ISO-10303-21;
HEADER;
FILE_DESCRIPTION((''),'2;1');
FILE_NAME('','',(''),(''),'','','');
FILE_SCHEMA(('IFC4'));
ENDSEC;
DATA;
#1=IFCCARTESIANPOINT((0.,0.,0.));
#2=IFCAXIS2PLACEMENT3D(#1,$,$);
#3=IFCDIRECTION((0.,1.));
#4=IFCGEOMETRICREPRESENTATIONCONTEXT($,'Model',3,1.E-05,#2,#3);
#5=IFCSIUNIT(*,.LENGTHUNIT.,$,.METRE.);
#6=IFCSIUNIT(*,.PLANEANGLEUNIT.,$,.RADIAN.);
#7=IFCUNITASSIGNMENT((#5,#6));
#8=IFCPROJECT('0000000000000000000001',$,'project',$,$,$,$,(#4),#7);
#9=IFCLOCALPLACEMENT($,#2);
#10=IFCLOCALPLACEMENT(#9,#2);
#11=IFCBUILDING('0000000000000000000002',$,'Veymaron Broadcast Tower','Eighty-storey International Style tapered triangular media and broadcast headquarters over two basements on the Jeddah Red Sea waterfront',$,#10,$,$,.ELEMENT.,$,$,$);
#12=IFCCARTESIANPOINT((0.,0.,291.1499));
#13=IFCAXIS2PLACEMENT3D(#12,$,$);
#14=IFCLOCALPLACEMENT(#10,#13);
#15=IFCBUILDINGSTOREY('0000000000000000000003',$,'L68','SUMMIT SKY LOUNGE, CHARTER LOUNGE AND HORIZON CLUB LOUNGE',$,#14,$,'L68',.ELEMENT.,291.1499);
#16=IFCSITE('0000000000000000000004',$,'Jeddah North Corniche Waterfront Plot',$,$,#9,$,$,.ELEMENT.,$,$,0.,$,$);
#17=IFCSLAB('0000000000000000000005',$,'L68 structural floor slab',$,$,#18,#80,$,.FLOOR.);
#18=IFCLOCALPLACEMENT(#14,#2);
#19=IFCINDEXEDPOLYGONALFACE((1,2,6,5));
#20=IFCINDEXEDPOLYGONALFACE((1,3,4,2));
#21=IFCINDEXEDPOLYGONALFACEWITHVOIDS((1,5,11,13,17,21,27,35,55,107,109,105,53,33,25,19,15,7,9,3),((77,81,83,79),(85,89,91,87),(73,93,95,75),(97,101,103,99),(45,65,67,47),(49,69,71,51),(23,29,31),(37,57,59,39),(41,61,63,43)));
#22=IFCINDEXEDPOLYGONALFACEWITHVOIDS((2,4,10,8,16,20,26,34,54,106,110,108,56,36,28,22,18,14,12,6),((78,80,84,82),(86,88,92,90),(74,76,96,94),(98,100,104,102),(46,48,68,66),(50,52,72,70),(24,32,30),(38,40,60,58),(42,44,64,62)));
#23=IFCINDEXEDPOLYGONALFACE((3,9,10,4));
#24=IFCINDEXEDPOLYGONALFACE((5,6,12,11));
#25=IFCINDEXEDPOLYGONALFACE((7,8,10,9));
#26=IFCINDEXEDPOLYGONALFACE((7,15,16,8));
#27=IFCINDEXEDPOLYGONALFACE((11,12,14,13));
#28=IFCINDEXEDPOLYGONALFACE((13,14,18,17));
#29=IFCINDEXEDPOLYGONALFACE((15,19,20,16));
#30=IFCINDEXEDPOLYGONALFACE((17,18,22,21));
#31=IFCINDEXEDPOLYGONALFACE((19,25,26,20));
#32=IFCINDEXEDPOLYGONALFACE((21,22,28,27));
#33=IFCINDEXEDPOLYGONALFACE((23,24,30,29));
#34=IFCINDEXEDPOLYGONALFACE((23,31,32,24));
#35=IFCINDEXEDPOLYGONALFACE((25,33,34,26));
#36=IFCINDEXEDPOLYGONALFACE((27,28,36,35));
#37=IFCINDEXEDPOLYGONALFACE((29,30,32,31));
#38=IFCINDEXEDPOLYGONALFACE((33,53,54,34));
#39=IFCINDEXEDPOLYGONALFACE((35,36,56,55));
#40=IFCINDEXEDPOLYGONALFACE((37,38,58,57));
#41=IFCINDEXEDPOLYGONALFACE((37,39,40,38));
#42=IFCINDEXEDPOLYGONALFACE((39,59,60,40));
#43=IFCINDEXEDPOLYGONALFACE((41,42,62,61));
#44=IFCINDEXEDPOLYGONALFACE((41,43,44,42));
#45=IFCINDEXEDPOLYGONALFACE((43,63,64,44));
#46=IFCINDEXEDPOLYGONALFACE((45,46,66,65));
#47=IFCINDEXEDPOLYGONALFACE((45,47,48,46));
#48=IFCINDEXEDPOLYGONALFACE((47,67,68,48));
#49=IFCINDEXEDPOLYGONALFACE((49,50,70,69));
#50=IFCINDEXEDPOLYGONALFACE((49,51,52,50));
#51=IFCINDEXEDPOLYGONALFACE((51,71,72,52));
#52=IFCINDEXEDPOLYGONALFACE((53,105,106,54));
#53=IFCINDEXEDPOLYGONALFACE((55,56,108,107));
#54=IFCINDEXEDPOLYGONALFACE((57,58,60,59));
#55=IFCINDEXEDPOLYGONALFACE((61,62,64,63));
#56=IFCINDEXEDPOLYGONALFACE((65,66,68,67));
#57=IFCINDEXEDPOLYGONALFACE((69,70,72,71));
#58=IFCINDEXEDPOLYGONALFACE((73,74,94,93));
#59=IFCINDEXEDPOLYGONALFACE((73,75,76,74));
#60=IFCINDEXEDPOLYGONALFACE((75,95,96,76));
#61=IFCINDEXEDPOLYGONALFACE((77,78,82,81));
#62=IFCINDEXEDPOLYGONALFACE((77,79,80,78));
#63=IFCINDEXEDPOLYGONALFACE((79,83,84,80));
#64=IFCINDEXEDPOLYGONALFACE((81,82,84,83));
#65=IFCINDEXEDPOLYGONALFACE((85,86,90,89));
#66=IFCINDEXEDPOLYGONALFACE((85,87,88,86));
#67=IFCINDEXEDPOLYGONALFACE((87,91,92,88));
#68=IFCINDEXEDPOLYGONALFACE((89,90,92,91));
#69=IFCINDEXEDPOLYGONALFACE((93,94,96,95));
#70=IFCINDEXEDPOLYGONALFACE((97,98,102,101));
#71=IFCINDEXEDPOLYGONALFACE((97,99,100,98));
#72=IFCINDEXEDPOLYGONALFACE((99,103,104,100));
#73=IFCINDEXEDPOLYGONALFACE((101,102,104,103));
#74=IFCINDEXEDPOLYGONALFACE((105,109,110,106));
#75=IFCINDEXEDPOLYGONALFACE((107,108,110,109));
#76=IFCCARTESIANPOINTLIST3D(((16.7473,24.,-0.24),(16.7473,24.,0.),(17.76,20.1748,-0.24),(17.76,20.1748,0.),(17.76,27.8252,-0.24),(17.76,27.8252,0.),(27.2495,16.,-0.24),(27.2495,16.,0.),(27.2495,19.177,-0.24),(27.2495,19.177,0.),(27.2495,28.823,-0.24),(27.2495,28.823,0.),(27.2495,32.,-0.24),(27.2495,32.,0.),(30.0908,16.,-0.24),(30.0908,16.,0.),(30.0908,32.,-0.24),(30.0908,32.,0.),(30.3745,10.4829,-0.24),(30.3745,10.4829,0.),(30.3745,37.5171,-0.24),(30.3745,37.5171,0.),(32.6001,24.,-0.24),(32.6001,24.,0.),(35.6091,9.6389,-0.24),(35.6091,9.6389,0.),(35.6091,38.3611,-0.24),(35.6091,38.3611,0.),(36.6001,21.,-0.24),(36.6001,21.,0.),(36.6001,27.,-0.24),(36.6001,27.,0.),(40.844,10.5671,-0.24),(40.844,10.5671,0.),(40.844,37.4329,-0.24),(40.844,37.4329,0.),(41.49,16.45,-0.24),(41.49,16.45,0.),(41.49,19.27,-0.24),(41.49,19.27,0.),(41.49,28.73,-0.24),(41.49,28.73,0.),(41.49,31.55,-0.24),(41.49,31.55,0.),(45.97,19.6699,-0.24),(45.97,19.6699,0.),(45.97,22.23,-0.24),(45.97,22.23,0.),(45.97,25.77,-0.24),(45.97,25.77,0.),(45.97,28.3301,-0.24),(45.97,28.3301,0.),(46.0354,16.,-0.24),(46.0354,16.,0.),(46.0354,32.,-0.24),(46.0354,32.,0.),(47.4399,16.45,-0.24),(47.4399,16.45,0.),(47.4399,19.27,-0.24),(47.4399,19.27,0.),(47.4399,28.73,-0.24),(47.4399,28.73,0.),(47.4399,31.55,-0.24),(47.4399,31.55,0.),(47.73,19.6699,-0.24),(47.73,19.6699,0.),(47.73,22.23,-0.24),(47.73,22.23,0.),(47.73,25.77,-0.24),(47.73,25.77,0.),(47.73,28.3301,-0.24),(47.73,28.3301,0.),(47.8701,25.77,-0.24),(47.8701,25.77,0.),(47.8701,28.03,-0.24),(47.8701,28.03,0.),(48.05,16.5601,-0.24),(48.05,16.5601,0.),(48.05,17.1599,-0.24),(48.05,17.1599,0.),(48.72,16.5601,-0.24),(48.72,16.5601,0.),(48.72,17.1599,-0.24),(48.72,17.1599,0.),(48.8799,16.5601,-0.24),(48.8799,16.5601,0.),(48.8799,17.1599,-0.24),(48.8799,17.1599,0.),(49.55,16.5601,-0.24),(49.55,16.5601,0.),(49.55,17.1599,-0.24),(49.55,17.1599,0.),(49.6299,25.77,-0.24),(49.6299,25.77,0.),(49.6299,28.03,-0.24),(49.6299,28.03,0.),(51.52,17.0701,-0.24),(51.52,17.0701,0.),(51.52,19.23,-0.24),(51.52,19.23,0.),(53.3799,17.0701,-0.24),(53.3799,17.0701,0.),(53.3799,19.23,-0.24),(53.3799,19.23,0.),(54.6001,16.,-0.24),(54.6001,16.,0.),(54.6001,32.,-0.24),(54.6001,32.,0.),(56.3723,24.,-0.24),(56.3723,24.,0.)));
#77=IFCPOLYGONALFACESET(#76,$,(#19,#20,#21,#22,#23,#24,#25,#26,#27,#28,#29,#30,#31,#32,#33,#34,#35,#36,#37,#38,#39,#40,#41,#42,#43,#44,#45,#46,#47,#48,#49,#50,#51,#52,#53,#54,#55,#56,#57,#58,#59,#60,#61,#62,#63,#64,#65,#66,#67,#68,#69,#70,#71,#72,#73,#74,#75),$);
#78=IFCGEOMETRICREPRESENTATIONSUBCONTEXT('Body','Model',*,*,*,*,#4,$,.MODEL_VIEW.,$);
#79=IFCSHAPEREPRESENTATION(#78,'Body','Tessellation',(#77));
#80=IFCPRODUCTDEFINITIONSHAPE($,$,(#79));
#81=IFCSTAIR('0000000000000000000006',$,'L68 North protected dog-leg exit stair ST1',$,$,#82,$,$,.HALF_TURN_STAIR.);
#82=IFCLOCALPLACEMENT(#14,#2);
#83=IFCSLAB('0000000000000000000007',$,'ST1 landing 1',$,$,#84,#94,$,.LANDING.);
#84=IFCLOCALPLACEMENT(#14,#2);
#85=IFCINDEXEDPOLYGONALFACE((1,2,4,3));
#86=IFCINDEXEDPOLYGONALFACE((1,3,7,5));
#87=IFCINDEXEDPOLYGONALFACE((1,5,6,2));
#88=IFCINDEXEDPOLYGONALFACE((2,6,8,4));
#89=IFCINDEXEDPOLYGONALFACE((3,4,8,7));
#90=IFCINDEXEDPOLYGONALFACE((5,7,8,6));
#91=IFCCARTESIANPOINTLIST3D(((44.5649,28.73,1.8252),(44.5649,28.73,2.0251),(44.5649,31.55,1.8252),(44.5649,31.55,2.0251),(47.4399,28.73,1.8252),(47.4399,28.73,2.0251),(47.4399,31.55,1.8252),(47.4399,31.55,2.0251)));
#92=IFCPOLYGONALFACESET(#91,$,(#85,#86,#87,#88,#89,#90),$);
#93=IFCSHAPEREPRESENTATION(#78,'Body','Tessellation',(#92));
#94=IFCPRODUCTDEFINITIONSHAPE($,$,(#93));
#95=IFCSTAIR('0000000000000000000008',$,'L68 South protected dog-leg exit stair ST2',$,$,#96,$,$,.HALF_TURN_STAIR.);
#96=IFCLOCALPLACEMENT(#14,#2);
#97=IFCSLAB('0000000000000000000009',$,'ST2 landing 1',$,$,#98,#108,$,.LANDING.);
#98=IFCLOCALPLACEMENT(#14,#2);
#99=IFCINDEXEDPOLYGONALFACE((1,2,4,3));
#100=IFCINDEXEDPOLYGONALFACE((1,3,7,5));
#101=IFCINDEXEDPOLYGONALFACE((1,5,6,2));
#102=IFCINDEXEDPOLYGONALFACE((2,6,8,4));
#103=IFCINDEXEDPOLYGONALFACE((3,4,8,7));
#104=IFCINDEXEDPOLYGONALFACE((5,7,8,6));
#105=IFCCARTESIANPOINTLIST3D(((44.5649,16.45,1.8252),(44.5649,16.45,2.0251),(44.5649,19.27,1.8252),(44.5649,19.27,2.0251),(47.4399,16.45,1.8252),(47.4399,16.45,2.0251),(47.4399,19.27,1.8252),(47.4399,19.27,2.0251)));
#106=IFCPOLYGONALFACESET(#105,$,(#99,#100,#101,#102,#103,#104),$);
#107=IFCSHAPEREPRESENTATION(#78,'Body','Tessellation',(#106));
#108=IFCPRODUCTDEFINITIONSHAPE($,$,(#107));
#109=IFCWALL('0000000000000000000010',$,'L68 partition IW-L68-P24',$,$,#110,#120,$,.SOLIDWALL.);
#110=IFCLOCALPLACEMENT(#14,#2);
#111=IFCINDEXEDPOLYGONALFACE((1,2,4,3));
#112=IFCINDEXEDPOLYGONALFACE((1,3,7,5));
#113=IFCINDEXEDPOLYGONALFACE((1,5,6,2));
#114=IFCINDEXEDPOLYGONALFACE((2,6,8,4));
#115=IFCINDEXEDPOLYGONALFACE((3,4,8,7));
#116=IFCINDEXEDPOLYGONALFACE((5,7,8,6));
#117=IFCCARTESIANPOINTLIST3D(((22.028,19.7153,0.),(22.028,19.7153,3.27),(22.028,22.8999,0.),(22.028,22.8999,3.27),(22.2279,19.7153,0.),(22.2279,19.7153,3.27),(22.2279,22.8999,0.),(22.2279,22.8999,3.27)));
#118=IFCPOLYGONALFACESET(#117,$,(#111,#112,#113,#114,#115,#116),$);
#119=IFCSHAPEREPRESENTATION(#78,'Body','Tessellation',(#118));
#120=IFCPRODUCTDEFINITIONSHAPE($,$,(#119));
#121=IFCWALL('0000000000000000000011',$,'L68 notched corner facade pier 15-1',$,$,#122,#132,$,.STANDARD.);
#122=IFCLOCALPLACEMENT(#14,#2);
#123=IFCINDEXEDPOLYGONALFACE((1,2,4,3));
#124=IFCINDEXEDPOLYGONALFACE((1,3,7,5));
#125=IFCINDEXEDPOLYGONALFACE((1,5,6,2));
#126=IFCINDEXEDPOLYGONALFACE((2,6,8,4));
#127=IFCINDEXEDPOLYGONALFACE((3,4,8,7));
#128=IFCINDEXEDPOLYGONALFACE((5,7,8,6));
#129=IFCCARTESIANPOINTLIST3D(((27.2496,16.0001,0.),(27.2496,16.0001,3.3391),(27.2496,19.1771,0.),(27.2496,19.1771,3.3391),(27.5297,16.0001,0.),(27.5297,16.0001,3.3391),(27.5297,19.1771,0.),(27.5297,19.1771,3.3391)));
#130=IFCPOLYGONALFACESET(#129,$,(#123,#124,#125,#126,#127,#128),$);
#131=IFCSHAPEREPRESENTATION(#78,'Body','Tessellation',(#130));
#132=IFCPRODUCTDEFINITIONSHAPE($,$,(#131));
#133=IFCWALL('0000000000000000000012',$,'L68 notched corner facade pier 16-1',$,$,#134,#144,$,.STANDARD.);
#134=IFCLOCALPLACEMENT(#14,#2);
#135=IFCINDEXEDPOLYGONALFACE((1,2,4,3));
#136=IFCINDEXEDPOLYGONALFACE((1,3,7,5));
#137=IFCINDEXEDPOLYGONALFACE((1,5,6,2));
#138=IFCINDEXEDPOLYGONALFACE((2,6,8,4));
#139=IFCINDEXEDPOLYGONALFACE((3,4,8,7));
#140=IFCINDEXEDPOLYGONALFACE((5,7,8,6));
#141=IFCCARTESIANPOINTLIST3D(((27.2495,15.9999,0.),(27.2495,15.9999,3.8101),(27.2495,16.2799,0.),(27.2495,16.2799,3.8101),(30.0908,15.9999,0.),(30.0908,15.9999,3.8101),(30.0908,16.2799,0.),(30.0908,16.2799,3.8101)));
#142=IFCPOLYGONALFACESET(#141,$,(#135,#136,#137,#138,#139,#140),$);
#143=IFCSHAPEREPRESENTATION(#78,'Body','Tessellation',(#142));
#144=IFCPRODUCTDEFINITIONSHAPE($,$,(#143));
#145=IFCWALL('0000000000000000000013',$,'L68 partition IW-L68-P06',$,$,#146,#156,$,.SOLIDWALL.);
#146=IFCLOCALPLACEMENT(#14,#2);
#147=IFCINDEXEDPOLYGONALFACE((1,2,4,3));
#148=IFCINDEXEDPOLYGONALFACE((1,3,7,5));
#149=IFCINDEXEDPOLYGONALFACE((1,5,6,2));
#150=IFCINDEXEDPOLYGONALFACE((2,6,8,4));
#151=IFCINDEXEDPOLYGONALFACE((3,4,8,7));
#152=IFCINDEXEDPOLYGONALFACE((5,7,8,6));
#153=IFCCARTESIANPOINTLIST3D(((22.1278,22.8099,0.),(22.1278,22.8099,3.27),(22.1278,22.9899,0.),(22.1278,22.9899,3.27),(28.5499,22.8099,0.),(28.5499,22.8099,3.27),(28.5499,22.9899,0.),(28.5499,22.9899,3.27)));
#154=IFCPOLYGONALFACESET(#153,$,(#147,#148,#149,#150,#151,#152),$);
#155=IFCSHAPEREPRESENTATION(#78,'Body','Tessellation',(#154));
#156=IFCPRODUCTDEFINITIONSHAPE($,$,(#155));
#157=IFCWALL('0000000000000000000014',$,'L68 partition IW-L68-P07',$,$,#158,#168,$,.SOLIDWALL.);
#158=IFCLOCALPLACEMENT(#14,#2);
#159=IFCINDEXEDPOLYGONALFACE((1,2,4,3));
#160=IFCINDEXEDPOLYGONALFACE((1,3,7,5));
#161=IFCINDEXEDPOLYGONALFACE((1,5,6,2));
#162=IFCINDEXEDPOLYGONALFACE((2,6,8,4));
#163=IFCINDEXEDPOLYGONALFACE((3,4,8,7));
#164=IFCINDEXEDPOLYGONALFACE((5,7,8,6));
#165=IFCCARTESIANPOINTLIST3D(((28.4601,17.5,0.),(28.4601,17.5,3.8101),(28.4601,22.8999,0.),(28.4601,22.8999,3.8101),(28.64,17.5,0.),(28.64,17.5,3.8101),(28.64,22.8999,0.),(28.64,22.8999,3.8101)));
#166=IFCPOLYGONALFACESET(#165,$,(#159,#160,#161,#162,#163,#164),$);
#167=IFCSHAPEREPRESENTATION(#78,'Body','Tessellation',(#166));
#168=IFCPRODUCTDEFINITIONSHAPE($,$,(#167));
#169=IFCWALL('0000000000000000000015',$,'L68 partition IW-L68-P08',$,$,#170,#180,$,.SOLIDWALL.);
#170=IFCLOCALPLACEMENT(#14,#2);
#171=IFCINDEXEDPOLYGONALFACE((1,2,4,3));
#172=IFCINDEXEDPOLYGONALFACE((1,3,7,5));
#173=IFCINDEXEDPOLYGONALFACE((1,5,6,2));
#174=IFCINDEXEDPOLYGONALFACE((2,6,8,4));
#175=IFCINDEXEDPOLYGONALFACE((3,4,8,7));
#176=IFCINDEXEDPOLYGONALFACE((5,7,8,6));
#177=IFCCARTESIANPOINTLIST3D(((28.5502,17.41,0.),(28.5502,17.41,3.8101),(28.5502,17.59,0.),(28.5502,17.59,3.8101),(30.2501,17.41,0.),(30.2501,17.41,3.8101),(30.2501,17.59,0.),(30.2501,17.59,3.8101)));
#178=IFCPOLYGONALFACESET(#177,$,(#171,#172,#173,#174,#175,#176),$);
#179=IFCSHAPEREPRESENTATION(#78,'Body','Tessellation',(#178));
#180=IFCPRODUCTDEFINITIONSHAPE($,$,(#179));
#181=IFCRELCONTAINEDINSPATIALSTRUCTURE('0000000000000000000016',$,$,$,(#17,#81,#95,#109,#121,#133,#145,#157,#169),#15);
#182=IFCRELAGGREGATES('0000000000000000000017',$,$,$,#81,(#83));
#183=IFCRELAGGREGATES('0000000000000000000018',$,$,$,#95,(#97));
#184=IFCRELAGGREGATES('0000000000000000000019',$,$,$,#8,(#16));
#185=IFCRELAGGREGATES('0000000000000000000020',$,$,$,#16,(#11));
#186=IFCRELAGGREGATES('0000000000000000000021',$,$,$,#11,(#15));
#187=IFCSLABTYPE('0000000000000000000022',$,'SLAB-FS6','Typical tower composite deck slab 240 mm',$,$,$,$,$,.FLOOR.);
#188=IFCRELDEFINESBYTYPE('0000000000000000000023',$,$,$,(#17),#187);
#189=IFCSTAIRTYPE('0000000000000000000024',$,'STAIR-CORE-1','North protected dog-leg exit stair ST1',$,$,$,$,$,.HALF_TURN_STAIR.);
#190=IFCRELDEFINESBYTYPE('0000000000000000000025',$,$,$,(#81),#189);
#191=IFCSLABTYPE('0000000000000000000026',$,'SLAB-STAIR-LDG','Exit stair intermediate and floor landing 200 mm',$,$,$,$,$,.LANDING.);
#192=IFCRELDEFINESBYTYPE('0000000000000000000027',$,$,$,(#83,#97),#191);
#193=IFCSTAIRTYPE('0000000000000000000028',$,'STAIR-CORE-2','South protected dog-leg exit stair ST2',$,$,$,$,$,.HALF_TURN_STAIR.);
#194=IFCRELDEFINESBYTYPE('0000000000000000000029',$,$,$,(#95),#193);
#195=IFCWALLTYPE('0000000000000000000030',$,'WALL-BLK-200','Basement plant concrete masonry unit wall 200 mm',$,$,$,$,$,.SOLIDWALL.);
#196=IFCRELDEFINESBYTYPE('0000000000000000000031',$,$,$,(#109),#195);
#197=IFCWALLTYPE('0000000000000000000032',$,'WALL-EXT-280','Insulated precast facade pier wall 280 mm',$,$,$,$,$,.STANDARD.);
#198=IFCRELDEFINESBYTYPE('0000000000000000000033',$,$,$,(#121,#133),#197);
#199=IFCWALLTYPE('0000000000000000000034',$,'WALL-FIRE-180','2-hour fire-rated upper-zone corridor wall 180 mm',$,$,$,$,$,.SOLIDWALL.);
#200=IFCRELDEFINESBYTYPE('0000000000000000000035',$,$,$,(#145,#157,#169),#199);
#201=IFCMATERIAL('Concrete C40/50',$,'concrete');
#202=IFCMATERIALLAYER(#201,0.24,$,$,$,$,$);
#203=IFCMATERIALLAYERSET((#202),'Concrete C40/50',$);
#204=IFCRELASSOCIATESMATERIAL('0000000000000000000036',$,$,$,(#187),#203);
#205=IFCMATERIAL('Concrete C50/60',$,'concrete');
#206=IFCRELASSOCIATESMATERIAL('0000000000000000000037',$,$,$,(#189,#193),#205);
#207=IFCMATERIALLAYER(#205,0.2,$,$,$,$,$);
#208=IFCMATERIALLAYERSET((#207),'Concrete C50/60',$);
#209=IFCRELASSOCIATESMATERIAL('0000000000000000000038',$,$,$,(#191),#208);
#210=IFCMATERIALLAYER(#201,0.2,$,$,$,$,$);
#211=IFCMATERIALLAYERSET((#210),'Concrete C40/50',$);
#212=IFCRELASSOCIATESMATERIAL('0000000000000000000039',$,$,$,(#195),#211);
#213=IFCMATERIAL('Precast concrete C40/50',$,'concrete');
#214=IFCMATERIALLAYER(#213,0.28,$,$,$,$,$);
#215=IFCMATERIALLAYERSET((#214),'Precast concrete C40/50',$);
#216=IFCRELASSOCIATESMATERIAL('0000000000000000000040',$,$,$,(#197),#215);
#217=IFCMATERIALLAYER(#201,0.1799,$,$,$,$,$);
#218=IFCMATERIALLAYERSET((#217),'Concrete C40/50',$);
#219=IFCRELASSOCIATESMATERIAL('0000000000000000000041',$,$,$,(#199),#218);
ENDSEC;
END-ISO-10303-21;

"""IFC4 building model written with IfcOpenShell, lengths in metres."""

from ifc_helpers import new_model, si_unit, direction, frame, frame_2d, origin, place, context, subcontext, project, spatial, polyline, rectangle, outline, extrude, material, layer, layer_set, type_object, element, aggregate, save


model = new_model("IFC4")

# Units and contexts
model_context = context("Model", 3, precision=1e-05, world=origin(), true_north=direction((0.0, 1.0)))
body_context = subcontext(model_context, "Body", "Model", "MODEL_VIEW")
ifc_project = project(units=[si_unit("LENGTHUNIT", "METRE"), si_unit("PLANEANGLEUNIT", "RADIAN")], contexts=[model_context])

# Site, building, storey
site_placement = place(None, origin())
site = spatial("IfcSite", under=ifc_project, at=site_placement, Name="Jeddah North Corniche Waterfront Plot", CompositionType="ELEMENT", RefElevation=0.0)
building_placement = place(site_placement, origin())
building = spatial("IfcBuilding", under=site, at=building_placement, Name="Veymaron Broadcast Tower", Description="Eighty-storey International Style tapered triangular media and broadcast headquarters over two basements on the Jeddah Red Sea waterfront", CompositionType="ELEMENT")
storey_placement = place(building_placement, frame((0.0, 0.0, 291.1499)))
storey = spatial("IfcBuildingStorey", under=building, at=storey_placement, Name="L68", Description="SUMMIT SKY LOUNGE, CHARTER LOUNGE AND HORIZON CLUB LOUNGE", LongName="L68", CompositionType="ELEMENT", Elevation=291.1499)

# Slab
ifc_material_1 = material(Name="Concrete C40/50", Category="concrete")
ifc_layer_1 = layer(ifc_material_1, 0.24)
ifc_layer_set_1 = layer_set([ifc_layer_1], Name="Concrete C40/50")
slab_type_1 = type_object("IfcSlabType", Name="SLAB-FS6", Description="Typical tower composite deck slab 240 mm", PredefinedType="FLOOR", material=ifc_layer_set_1)
slab_1_placement = place(storey_placement, frame((0.0, 0.0, -0.24)))
element("IfcSlab", 1, at=slab_1_placement, inside=storey, type_object=slab_type_1, Name="L68 structural floor slab", PredefinedType="FLOOR", context=body_context, shape_type="SweptSolid", body=[
    extrude(outline(polyline([(46.0354, 16.0), (54.6001, 16.0), (56.3723, 24.0), (54.6001, 32.0), (46.0354, 32.0), (40.844, 37.4329), (35.6091, 38.3611), (30.3745, 37.5171), (30.0908, 32.0), (27.2495, 32.0), (27.2495, 28.823), (17.76, 27.8252), (16.7473, 24.0), (17.76, 20.1748), (27.2495, 19.177), (27.2495, 16.0), (30.0908, 16.0), (30.3745, 10.4829), (35.6091, 9.6389), (40.844, 10.5671), (46.0354, 16.0)]), holes=[polyline([(45.97, 28.3301), (47.73, 28.3301), (47.73, 25.77), (45.97, 25.77), (45.97, 28.3301)]), polyline([(45.97, 22.23), (47.73, 22.23), (47.73, 19.6699), (45.97, 19.6699), (45.97, 22.23)]), polyline([(47.8701, 28.03), (49.6299, 28.03), (49.6299, 25.77), (47.8701, 25.77), (47.8701, 28.03)]), polyline([(51.52, 19.23), (53.3799, 19.23), (53.3799, 17.0701), (51.52, 17.0701), (51.52, 19.23)]), polyline([(48.05, 17.1599), (48.72, 17.1599), (48.72, 16.5601), (48.05, 16.5601), (48.05, 17.1599)]), polyline([(48.8799, 17.1599), (49.55, 17.1599), (49.55, 16.5601), (48.8799, 16.5601), (48.8799, 17.1599)]), polyline([(36.6001, 27.0), (36.6001, 21.0), (32.6001, 24.0), (36.6001, 27.0)]), polyline([(41.49, 31.55), (47.4399, 31.55), (47.4399, 28.73), (41.49, 28.73), (41.49, 31.55)]), polyline([(41.49, 19.27), (47.4399, 19.27), (47.4399, 16.45), (41.49, 16.45), (41.49, 19.27)])]), origin(), (0.0, 0.0, 1.0), 0.24),
])

# Stairs, slabs
ifc_material_2 = material(Name="Concrete C50/60", Category="concrete")
stair_type_1 = type_object("IfcStairType", Name="STAIR-CORE-1", Description="North protected dog-leg exit stair ST1", PredefinedType="HALF_TURN_STAIR", material=ifc_material_2)
stair_1_placement = place(storey_placement, origin())
stair_1 = element("IfcStair", 2, at=stair_1_placement, inside=storey, type_object=stair_type_1, Name="L68 North protected dog-leg exit stair ST1", PredefinedType="HALF_TURN_STAIR")
ifc_layer_2 = layer(ifc_material_2, 0.2)
ifc_layer_set_2 = layer_set([ifc_layer_2], Name="Concrete C50/60")
slab_type_2 = type_object("IfcSlabType", Name="SLAB-STAIR-LDG", Description="Exit stair intermediate and floor landing 200 mm", PredefinedType="LANDING", material=ifc_layer_set_2)
slab_2_placement = place(storey_placement, frame((0.0, 0.0, 1.8252)))
slab_2 = element("IfcSlab", 3, at=slab_2_placement, type_object=slab_type_2, Name="ST1 landing 1", PredefinedType="LANDING", context=body_context, shape_type="SweptSolid", body=[
    extrude(outline(polyline([(44.5649, 28.73), (47.4399, 28.73), (47.4399, 31.55), (44.5649, 31.55), (44.5649, 28.73)])), origin(), (0.0, 0.0, 1.0), 0.2),
])
aggregate(stair_1, [slab_2])
stair_type_2 = type_object("IfcStairType", Name="STAIR-CORE-2", Description="South protected dog-leg exit stair ST2", PredefinedType="HALF_TURN_STAIR", material=ifc_material_2)
stair_2_placement = place(storey_placement, origin())
stair_2 = element("IfcStair", 4, at=stair_2_placement, inside=storey, type_object=stair_type_2, Name="L68 South protected dog-leg exit stair ST2", PredefinedType="HALF_TURN_STAIR")
slab_3_placement = place(storey_placement, frame((0.0, 0.0, 1.8252)))
slab_3 = element("IfcSlab", 5, at=slab_3_placement, type_object=slab_type_2, Name="ST2 landing 1", PredefinedType="LANDING", context=body_context, shape_type="SweptSolid", body=[
    extrude(outline(polyline([(44.5649, 16.45), (47.4399, 16.45), (47.4399, 19.27), (44.5649, 19.27), (44.5649, 16.45)])), origin(), (0.0, 0.0, 1.0), 0.2),
])
aggregate(stair_2, [slab_3])

# Walls
ifc_layer_3 = layer(ifc_material_1, 0.2)
ifc_layer_set_3 = layer_set([ifc_layer_3], Name="Concrete C40/50")
wall_type_1 = type_object("IfcWallType", Name="WALL-BLK-200", Description="Basement plant concrete masonry unit wall 200 mm", PredefinedType="SOLIDWALL", material=ifc_layer_set_3)
wall_1_placement = place(storey_placement, frame((22.1279, 19.7153, 0.0), z_axis=(0.0, 0.0, 1.0), x_axis=(0.0, 1.0, 0.0)))
element("IfcWall", 6, at=wall_1_placement, inside=storey, type_object=wall_type_1, Name="L68 partition IW-L68-P24", PredefinedType="SOLIDWALL", context=body_context, shape_type="SweptSolid", body=[
    extrude(rectangle(XDim=3.1846, YDim=0.2, at=frame_2d((1.5923, 0.0))), origin(), (0.0, 0.0, 1.0), 3.27),
])
ifc_material_3 = material(Name="Precast concrete C40/50", Category="concrete")
ifc_layer_4 = layer(ifc_material_3, 0.28)
ifc_layer_set_4 = layer_set([ifc_layer_4], Name="Precast concrete C40/50")
wall_type_2 = type_object("IfcWallType", Name="WALL-EXT-280", Description="Insulated precast facade pier wall 280 mm", PredefinedType="STANDARD", material=ifc_layer_set_4)
wall_2_placement = place(storey_placement, frame((27.3896, 19.177, 0.0), z_axis=(0.0, 0.0, 1.0), x_axis=(0.0, -1.0, 0.0)))
element("IfcWall", 7, at=wall_2_placement, inside=storey, type_object=wall_type_2, Name="L68 notched corner facade pier 15-1", PredefinedType="STANDARD", context=body_context, shape_type="SweptSolid", body=[
    extrude(rectangle(XDim=3.177, YDim=0.28, at=frame_2d((1.5884, 0.0))), origin(), (0.0, 0.0, 1.0), 3.3391),
])
wall_3_placement = place(storey_placement, frame((27.2495, 16.1399, 0.0), z_axis=(0.0, 0.0, 1.0), x_axis=(1.0, 0.0, 0.0)))
element("IfcWall", 8, at=wall_3_placement, inside=storey, type_object=wall_type_2, Name="L68 notched corner facade pier 16-1", PredefinedType="STANDARD", context=body_context, shape_type="SweptSolid", body=[
    extrude(rectangle(XDim=2.8413, YDim=0.28, at=frame_2d((1.4207, 0.0))), origin(), (0.0, 0.0, 1.0), 3.8101),
])

# Shared definitions
ifc_layer_5 = layer(ifc_material_1, 0.1799)
ifc_layer_set_5 = layer_set([ifc_layer_5], Name="Concrete C40/50")
wall_type_3 = type_object("IfcWallType", Name="WALL-FIRE-180", Description="2-hour fire-rated upper-zone corridor wall 180 mm", PredefinedType="SOLIDWALL", material=ifc_layer_set_5)

# Walls
wall_4_placement = place(storey_placement, frame((22.1279, 22.8999, 0.0), z_axis=(0.0, 0.0, 1.0), x_axis=(1.0, 0.0, 0.0)))
element("IfcWall", 9, at=wall_4_placement, inside=storey, type_object=wall_type_3, Name="L68 partition IW-L68-P06", PredefinedType="SOLIDWALL", context=body_context, shape_type="SweptSolid", body=[
    extrude(rectangle(XDim=6.4221, YDim=0.1799, at=frame_2d((3.2109, 0.0))), origin(), (0.0, 0.0, 1.0), 3.27),
])
wall_5_placement = place(storey_placement, frame((28.55, 17.5, 0.0), z_axis=(0.0, 0.0, 1.0), x_axis=(0.0, 1.0, 0.0)))
element("IfcWall", 10, at=wall_5_placement, inside=storey, type_object=wall_type_3, Name="L68 partition IW-L68-P07", PredefinedType="SOLIDWALL", context=body_context, shape_type="SweptSolid", body=[
    extrude(rectangle(XDim=5.3999, YDim=0.1799, at=frame_2d((2.7, 0.0))), origin(), (0.0, 0.0, 1.0), 3.8101),
])
wall_6_placement = place(storey_placement, frame((28.55, 17.5, 0.0), z_axis=(0.0, 0.0, 1.0), x_axis=(1.0, 0.0, 0.0)))
element("IfcWall", 11, at=wall_6_placement, inside=storey, type_object=wall_type_3, Name="L68 partition IW-L68-P08", PredefinedType="SOLIDWALL", context=body_context, shape_type="SweptSolid", body=[
    extrude(rectangle(XDim=1.7, YDim=0.1799, at=frame_2d((0.8501, 0.0))), origin(), (0.0, 0.0, 1.0), 3.8101),
])

save(model, "model.ifc")
